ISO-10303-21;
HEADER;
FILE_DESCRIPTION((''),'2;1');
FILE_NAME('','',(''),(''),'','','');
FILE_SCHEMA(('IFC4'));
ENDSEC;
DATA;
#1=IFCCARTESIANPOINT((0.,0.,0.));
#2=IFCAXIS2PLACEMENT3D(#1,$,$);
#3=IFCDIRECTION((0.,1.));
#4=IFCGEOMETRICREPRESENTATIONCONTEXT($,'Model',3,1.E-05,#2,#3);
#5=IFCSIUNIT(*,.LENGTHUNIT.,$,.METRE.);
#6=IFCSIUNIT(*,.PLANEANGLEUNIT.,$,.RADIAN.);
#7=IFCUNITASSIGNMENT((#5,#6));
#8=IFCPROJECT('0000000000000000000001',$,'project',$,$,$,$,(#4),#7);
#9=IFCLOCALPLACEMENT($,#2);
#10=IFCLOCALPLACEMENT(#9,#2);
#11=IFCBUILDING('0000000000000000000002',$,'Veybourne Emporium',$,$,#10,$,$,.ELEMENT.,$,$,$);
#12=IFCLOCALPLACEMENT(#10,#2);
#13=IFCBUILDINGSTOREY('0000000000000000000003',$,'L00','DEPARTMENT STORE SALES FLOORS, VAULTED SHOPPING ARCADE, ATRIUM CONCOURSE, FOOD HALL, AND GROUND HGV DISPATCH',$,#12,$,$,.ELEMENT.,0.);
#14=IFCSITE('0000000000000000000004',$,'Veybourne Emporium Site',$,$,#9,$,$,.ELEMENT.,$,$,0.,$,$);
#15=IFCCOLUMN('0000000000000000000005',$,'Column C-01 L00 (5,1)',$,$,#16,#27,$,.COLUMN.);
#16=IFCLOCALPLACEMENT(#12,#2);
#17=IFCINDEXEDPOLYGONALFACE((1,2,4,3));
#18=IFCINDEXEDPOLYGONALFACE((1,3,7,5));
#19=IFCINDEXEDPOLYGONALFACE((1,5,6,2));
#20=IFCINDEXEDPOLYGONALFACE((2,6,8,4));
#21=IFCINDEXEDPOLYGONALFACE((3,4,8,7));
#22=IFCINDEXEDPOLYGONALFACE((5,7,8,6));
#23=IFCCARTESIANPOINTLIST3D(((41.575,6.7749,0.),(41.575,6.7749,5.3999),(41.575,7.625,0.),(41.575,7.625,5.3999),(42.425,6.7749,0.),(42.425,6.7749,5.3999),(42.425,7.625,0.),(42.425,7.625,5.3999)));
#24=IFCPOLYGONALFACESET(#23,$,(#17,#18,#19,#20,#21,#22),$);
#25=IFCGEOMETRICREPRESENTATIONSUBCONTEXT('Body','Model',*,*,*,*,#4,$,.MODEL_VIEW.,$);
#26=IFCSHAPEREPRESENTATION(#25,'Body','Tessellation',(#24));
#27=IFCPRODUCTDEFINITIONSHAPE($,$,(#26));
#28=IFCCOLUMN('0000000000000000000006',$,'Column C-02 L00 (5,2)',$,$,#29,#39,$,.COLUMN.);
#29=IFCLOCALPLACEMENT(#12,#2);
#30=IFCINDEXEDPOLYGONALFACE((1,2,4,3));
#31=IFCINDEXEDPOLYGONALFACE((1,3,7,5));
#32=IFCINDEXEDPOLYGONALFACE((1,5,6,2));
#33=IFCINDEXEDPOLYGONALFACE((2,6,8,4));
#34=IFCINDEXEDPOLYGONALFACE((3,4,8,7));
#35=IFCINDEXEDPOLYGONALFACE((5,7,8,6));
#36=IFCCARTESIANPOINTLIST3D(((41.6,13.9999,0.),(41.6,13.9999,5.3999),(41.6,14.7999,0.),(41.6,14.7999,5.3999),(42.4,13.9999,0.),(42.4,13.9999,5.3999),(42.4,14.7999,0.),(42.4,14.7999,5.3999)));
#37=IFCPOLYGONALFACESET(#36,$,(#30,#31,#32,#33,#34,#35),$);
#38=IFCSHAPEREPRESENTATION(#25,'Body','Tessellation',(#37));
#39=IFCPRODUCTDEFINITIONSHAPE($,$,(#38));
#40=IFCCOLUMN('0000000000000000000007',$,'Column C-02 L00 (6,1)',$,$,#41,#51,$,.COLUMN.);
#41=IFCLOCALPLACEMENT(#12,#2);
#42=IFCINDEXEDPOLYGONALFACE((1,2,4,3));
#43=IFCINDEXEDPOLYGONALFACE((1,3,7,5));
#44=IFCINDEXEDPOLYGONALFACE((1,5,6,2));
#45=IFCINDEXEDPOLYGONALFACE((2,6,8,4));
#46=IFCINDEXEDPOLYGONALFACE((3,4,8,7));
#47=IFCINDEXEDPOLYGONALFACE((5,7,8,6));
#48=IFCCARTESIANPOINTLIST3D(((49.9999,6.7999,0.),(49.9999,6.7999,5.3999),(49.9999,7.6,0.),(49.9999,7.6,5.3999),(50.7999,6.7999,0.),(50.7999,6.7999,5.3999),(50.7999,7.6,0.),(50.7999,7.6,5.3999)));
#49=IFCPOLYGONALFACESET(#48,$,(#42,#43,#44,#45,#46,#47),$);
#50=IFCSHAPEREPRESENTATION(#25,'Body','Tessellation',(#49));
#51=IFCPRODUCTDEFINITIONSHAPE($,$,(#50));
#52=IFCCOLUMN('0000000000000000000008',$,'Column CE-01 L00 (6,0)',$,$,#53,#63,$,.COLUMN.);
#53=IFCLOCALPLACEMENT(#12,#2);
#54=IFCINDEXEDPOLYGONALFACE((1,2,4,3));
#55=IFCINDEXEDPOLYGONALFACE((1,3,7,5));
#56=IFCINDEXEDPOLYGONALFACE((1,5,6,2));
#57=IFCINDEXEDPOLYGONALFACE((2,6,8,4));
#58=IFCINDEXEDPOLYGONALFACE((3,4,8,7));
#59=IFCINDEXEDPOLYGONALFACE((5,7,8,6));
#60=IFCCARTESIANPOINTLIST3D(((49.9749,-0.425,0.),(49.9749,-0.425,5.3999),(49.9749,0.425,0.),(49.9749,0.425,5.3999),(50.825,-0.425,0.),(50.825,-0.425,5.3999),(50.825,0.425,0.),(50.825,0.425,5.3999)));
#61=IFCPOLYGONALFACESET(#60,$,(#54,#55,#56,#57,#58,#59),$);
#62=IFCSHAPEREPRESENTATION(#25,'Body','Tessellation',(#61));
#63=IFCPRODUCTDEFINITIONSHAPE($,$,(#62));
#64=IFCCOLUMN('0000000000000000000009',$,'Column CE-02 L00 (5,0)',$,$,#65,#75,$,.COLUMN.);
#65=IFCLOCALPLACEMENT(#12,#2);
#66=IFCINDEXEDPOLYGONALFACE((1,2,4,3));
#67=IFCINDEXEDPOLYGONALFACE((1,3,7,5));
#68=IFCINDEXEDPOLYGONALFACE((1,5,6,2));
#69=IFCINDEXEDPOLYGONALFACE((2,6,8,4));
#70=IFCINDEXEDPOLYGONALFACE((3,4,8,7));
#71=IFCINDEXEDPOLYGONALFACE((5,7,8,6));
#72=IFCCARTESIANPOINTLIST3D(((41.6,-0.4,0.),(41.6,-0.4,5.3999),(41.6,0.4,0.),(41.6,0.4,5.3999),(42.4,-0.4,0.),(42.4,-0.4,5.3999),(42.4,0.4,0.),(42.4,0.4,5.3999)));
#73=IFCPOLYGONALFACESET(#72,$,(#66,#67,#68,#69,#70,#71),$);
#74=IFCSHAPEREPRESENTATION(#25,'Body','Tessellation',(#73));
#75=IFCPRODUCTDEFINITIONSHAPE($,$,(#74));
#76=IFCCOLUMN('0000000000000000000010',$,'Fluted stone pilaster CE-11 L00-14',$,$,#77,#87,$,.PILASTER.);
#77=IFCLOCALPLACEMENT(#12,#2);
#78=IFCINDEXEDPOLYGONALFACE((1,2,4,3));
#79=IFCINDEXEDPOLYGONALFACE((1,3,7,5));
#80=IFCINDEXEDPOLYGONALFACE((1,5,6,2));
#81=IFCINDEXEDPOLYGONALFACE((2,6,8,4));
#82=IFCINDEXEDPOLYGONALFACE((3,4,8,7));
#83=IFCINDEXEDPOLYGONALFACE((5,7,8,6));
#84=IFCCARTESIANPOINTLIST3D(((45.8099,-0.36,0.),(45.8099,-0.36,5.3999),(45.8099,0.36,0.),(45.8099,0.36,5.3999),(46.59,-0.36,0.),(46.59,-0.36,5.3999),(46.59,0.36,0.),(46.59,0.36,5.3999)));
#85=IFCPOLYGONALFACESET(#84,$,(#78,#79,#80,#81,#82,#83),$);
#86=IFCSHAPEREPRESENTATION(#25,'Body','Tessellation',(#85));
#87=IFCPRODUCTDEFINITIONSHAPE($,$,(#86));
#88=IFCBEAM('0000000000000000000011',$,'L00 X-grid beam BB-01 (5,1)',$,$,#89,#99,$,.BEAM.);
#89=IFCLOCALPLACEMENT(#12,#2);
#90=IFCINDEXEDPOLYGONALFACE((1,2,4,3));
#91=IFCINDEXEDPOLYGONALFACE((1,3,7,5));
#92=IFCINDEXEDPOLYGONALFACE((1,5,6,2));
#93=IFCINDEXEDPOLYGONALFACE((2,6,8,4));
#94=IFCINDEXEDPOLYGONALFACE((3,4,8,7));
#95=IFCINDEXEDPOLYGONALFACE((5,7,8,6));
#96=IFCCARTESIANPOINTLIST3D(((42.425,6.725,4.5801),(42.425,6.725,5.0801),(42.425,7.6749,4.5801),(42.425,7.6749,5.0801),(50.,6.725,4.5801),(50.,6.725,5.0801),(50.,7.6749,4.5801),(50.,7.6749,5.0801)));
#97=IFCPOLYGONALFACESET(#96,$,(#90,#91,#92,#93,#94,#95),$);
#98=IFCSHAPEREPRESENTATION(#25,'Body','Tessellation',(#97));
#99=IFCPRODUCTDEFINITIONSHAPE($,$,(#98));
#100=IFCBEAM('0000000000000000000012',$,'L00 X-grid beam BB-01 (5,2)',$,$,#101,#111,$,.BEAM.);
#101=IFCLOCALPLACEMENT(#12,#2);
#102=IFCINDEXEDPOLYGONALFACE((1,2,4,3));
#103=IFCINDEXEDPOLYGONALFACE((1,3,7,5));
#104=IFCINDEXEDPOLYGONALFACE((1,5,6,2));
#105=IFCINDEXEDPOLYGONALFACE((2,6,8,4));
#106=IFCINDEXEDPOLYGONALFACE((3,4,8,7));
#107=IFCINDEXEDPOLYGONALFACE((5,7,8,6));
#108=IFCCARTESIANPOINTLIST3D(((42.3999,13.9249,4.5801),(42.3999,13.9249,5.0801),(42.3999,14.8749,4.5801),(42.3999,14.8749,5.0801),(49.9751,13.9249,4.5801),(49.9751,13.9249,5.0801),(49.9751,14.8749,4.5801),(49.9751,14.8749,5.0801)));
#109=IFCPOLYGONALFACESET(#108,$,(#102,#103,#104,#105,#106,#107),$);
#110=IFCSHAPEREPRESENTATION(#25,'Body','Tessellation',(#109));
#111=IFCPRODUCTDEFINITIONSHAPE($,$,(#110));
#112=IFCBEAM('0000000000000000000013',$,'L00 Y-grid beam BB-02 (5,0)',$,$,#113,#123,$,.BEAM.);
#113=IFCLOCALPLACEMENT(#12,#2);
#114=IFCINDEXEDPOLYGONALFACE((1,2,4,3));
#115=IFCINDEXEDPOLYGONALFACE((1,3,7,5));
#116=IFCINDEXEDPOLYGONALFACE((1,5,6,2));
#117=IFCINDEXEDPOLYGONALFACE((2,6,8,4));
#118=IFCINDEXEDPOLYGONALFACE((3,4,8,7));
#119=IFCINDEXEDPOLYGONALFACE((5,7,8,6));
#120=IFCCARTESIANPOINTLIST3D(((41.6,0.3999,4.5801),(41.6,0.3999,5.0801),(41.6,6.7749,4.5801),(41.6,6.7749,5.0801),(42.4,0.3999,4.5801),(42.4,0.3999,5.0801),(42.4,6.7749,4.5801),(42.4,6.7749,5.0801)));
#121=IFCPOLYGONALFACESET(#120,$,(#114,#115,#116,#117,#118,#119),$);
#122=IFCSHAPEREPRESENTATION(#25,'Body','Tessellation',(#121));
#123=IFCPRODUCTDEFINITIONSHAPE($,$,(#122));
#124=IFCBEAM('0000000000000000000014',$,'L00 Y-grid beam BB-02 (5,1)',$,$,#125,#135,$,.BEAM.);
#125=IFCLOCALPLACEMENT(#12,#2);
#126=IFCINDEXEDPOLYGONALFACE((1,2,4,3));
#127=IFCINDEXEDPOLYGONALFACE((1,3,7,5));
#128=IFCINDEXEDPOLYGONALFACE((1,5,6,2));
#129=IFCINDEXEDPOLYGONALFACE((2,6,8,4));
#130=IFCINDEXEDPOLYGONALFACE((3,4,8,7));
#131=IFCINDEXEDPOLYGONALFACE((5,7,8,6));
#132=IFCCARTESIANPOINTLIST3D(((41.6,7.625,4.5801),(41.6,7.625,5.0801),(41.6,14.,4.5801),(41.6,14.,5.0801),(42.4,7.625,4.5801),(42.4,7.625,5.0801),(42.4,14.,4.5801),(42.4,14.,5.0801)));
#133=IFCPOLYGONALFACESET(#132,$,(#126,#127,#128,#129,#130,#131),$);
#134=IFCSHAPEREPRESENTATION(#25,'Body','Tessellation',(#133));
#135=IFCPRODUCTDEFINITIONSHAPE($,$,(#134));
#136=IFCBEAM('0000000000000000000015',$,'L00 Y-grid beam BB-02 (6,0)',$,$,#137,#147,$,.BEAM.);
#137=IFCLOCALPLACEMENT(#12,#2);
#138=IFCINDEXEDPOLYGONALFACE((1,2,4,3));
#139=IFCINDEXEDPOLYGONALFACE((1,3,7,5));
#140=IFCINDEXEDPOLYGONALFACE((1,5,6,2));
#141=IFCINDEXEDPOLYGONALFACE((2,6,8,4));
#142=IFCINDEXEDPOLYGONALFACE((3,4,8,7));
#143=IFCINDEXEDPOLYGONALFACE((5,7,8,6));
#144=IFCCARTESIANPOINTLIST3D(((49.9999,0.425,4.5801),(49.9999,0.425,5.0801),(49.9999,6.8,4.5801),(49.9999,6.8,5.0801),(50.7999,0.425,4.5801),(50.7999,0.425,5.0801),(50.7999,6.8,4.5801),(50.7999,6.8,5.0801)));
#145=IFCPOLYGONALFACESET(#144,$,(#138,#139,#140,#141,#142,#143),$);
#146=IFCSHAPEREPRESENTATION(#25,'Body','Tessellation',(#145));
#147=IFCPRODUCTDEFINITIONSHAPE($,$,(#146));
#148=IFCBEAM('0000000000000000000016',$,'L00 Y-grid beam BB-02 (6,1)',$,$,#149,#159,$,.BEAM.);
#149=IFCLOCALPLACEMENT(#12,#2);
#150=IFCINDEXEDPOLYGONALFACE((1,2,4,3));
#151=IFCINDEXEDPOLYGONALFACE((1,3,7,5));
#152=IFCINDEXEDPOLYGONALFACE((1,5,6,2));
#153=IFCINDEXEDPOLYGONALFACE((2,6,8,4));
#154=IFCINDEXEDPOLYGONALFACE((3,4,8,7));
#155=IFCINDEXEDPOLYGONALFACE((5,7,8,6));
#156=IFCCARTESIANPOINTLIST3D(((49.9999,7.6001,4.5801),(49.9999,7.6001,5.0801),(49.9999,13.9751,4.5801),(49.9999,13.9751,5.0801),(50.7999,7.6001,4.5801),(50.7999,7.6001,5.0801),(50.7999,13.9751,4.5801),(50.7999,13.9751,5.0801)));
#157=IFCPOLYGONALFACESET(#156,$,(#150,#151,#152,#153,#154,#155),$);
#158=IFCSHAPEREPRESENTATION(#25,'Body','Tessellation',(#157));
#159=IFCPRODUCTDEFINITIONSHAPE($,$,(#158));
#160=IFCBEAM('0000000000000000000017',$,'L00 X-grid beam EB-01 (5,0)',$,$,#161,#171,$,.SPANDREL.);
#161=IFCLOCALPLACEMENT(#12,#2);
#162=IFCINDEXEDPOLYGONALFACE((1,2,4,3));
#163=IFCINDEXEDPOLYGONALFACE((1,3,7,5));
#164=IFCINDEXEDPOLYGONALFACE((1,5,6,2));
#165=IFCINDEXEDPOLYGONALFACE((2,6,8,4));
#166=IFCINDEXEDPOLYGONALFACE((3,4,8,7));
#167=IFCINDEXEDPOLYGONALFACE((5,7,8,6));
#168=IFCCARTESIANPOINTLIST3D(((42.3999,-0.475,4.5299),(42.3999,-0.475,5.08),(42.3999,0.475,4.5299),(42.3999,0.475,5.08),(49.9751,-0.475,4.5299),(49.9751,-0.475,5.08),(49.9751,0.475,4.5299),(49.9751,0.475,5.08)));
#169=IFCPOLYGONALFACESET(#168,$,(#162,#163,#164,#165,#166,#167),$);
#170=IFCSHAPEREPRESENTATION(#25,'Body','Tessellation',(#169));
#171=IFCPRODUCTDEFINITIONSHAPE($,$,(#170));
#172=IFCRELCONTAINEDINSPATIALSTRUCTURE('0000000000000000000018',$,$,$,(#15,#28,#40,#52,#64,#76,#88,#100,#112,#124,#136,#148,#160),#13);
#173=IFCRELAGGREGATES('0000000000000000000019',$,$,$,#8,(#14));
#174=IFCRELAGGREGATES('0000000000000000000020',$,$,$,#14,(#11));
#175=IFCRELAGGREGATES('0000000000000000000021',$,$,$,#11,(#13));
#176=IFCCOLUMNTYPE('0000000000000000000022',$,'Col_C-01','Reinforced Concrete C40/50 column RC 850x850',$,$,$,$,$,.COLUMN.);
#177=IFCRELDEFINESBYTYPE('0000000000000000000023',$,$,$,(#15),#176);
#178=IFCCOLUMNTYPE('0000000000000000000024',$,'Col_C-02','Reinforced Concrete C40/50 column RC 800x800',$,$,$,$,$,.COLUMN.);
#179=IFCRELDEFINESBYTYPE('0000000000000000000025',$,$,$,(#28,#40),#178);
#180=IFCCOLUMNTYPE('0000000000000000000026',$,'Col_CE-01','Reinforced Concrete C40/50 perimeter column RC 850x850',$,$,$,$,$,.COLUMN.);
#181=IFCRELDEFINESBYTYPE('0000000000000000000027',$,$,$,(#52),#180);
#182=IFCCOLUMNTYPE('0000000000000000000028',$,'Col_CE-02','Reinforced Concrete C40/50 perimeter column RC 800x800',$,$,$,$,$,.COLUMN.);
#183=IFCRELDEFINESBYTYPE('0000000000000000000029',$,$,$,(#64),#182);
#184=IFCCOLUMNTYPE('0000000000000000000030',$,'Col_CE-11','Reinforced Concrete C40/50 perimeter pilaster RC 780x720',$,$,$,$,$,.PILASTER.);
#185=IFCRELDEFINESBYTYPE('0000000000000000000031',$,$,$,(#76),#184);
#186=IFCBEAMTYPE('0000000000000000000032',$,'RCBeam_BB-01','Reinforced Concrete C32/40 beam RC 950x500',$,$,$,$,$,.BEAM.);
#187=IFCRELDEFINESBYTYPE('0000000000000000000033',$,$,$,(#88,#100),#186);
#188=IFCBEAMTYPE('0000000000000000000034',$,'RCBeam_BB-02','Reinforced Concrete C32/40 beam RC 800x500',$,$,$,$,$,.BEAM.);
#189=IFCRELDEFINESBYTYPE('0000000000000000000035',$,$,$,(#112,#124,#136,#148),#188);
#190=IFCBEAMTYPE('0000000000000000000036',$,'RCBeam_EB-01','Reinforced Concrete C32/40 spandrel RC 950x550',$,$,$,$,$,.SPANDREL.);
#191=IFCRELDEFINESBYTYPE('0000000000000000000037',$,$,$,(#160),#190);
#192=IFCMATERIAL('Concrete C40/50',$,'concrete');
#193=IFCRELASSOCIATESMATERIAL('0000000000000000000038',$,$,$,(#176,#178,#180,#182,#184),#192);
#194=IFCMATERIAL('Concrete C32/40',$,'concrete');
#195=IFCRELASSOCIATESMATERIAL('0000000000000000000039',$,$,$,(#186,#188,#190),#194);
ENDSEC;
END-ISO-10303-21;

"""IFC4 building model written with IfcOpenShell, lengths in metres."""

from ifc_helpers import new_model, si_unit, direction, frame, origin, origin_2d, place, context, subcontext, project, spatial, rectangle, extrude, material, material_profile, profile_set, type_object, element, save


model = new_model("IFC4")

# Units and contexts
model_context = context("Model", 3, precision=1e-05, world=origin(), true_north=direction((0.0, 1.0)))
body_context = subcontext(model_context, "Body", "Model", "MODEL_VIEW")
ifc_project = project(units=[si_unit("LENGTHUNIT", "METRE"), si_unit("PLANEANGLEUNIT", "RADIAN")], contexts=[model_context])

# Site, building, storey
site_placement = place(None, origin())
site = spatial("IfcSite", under=ifc_project, at=site_placement, Name="Veybourne Emporium Site", CompositionType="ELEMENT", RefElevation=0.0)
building_placement = place(site_placement, origin())
building = spatial("IfcBuilding", under=site, at=building_placement, Name="Veybourne Emporium", CompositionType="ELEMENT")
storey_placement = place(building_placement, origin())
storey = spatial("IfcBuildingStorey", under=building, at=storey_placement, Name="L00", Description="DEPARTMENT STORE SALES FLOORS, VAULTED SHOPPING ARCADE, ATRIUM CONCOURSE, FOOD HALL, AND GROUND HGV DISPATCH", CompositionType="ELEMENT", Elevation=0.0)

# Columns
ifc_material_1 = material(Name="Concrete C40/50", Category="concrete")
ifc_material_profile_1 = material_profile(ifc_material_1, rectangle(XDim=0.8501, YDim=0.8501, at=origin_2d()), Name="RC 850x850")
ifc_profile_set_1 = profile_set([ifc_material_profile_1], Name="Concrete C40/50")
column_type_1 = type_object("IfcColumnType", Name="Col_C-01", Description="Reinforced Concrete C40/50 column RC 850x850", PredefinedType="COLUMN", material=ifc_profile_set_1)
column_1_placement = place(storey_placement, frame((42.0, 7.2, 0.0), z_axis=(0.0, 0.0, 1.0), x_axis=(1.0, 0.0, 0.0)))
element("IfcColumn", 1, at=column_1_placement, inside=storey, type_object=column_type_1, Name="Column C-01 L00 (5,1)", PredefinedType="COLUMN", context=body_context, shape_type="SweptSolid", body=[
    extrude(rectangle(XDim=0.8501, YDim=0.8501, at=origin_2d()), origin(), (0.0, 0.0, 1.0), 5.3999),
])
ifc_material_profile_2 = material_profile(ifc_material_1, rectangle(XDim=0.8, YDim=0.8, at=origin_2d()), Name="RC 800x800")
ifc_profile_set_2 = profile_set([ifc_material_profile_2], Name="Concrete C40/50")
column_type_2 = type_object("IfcColumnType", Name="Col_C-02", Description="Reinforced Concrete C40/50 column RC 800x800", PredefinedType="COLUMN", material=ifc_profile_set_2)
for number, where, z_axis, x_axis, name in (
    (2, (42.0, 14.3999, 0.0), (0.0, 0.0, 1.0), (1.0, 0.0, 0.0), "Column C-02 L00 (5,2)"),
    (3, (50.3999, 7.2, 0.0), (0.0, 0.0, 1.0), (1.0, 0.0, 0.0), "Column C-02 L00 (6,1)"),
):
    element("IfcColumn", number, at=place(storey_placement, frame(where, z_axis=z_axis, x_axis=x_axis)), inside=storey, type_object=column_type_2, Name=name, PredefinedType="COLUMN", context=body_context, shape_type="SweptSolid", body=[
        extrude(rectangle(XDim=0.8, YDim=0.8, at=origin_2d()), origin(), (0.0, 0.0, 1.0), 5.3999),
    ])
ifc_material_profile_3 = material_profile(ifc_material_1, rectangle(XDim=0.8501, YDim=0.8501, at=origin_2d()), Name="RC 850x850")
ifc_profile_set_3 = profile_set([ifc_material_profile_3], Name="Concrete C40/50")
column_type_3 = type_object("IfcColumnType", Name="Col_CE-01", Description="Reinforced Concrete C40/50 perimeter column RC 850x850", PredefinedType="COLUMN", material=ifc_profile_set_3)
column_2_placement = place(storey_placement, frame((50.3999, 0.0, 0.0), z_axis=(0.0, 0.0, 1.0), x_axis=(1.0, 0.0, 0.0)))
element("IfcColumn", 4, at=column_2_placement, inside=storey, type_object=column_type_3, Name="Column CE-01 L00 (6,0)", PredefinedType="COLUMN", context=body_context, shape_type="SweptSolid", body=[
    extrude(rectangle(XDim=0.8501, YDim=0.8501, at=origin_2d()), origin(), (0.0, 0.0, 1.0), 5.3999),
])
ifc_material_profile_4 = material_profile(ifc_material_1, rectangle(XDim=0.8, YDim=0.8, at=origin_2d()), Name="RC 800x800")
ifc_profile_set_4 = profile_set([ifc_material_profile_4], Name="Concrete C40/50")
column_type_4 = type_object("IfcColumnType", Name="Col_CE-02", Description="Reinforced Concrete C40/50 perimeter column RC 800x800", PredefinedType="COLUMN", material=ifc_profile_set_4)
column_3_placement = place(storey_placement, frame((42.0, 0.0, 0.0), z_axis=(0.0, 0.0, 1.0), x_axis=(1.0, 0.0, 0.0)))
element("IfcColumn", 5, at=column_3_placement, inside=storey, type_object=column_type_4, Name="Column CE-02 L00 (5,0)", PredefinedType="COLUMN", context=body_context, shape_type="SweptSolid", body=[
    extrude(rectangle(XDim=0.8, YDim=0.8, at=origin_2d()), origin(), (0.0, 0.0, 1.0), 5.3999),
])
ifc_material_profile_5 = material_profile(ifc_material_1, rectangle(XDim=0.78, YDim=0.72, at=origin_2d()), Name="RC 780x720")
ifc_profile_set_5 = profile_set([ifc_material_profile_5], Name="Concrete C40/50")
column_type_5 = type_object("IfcColumnType", Name="Col_CE-11", Description="Reinforced Concrete C40/50 perimeter pilaster RC 780x720", PredefinedType="PILASTER", material=ifc_profile_set_5)
column_4_placement = place(storey_placement, frame((46.2, 0.0, 0.0), z_axis=(0.0, 0.0, 1.0), x_axis=(1.0, 0.0, 0.0)))
element("IfcColumn", 6, at=column_4_placement, inside=storey, type_object=column_type_5, Name="Fluted stone pilaster CE-11 L00-14", PredefinedType="PILASTER", context=body_context, shape_type="SweptSolid", body=[
    extrude(rectangle(XDim=0.78, YDim=0.72, at=origin_2d()), origin(), (0.0, 0.0, 1.0), 5.3999),
])

# Beams
ifc_material_2 = material(Name="Concrete C32/40", Category="concrete")
ifc_material_profile_6 = material_profile(ifc_material_2, rectangle(XDim=0.95, YDim=0.5, at=origin_2d()), Name="RC 950x500")
ifc_profile_set_6 = profile_set([ifc_material_profile_6], Name="Concrete C32/40")
beam_type_1 = type_object("IfcBeamType", Name="RCBeam_BB-01", Description="Reinforced Concrete C32/40 beam RC 950x500", PredefinedType="BEAM", material=ifc_profile_set_6)
beam_1_placement = place(storey_placement, frame((42.425, 7.2, 4.8301), z_axis=(1.0, 0.0, 0.0), x_axis=(0.0, 1.0, 0.0)))
element("IfcBeam", 7, at=beam_1_placement, inside=storey, type_object=beam_type_1, Name="L00 X-grid beam BB-01 (5,1)", PredefinedType="BEAM", context=body_context, shape_type="SweptSolid", body=[
    extrude(rectangle(XDim=0.95, YDim=0.5, at=origin_2d()), origin(), (0.0, 0.0, 1.0), 7.575),
])
beam_2_placement = place(storey_placement, frame((42.3999, 14.3999, 4.8301), z_axis=(1.0, 0.0, 0.0), x_axis=(0.0, 1.0, 0.0)))
element("IfcBeam", 8, at=beam_2_placement, inside=storey, type_object=beam_type_1, Name="L00 X-grid beam BB-01 (5,2)", PredefinedType="BEAM", context=body_context, shape_type="SweptSolid", body=[
    extrude(rectangle(XDim=0.95, YDim=0.5, at=origin_2d()), origin(), (0.0, 0.0, 1.0), 7.5752),
])
ifc_material_profile_7 = material_profile(ifc_material_2, rectangle(XDim=0.8, YDim=0.5, at=origin_2d()), Name="RC 800x500")
ifc_profile_set_7 = profile_set([ifc_material_profile_7], Name="Concrete C32/40")
beam_type_2 = type_object("IfcBeamType", Name="RCBeam_BB-02", Description="Reinforced Concrete C32/40 beam RC 800x500", PredefinedType="BEAM", material=ifc_profile_set_7)
for number, where, z_axis, x_axis, name in (
    (9, (42.0, 0.3999, 4.8301), (0.0, 1.0, 0.0), (-1.0, 0.0, 0.0), "L00 Y-grid beam BB-02 (5,0)"),
    (10, (42.0, 7.625, 4.8301), (0.0, 1.0, 0.0), (-1.0, 0.0, 0.0), "L00 Y-grid beam BB-02 (5,1)"),
    (11, (50.3999, 0.425, 4.8301), (0.0, 1.0, 0.0), (-1.0, 0.0, 0.0), "L00 Y-grid beam BB-02 (6,0)"),
    (12, (50.3999, 7.6001, 4.8301), (0.0, 1.0, 0.0), (-1.0, 0.0, 0.0), "L00 Y-grid beam BB-02 (6,1)"),
):
    element("IfcBeam", number, at=place(storey_placement, frame(where, z_axis=z_axis, x_axis=x_axis)), inside=storey, type_object=beam_type_2, Name=name, PredefinedType="BEAM", context=body_context, shape_type="SweptSolid", body=[
        extrude(rectangle(XDim=0.8, YDim=0.5, at=origin_2d()), origin(), (0.0, 0.0, 1.0), 6.375),
    ])
ifc_material_profile_8 = material_profile(ifc_material_2, rectangle(XDim=0.95, YDim=0.55, at=origin_2d()), Name="RC 950x550")
ifc_profile_set_8 = profile_set([ifc_material_profile_8], Name="Concrete C32/40")
beam_type_3 = type_object("IfcBeamType", Name="RCBeam_EB-01", Description="Reinforced Concrete C32/40 spandrel RC 950x550", PredefinedType="SPANDREL", material=ifc_profile_set_8)
beam_3_placement = place(storey_placement, frame((42.3999, 0.0, 4.8049), z_axis=(1.0, 0.0, 0.0), x_axis=(0.0, 1.0, 0.0)))
element("IfcBeam", 13, at=beam_3_placement, inside=storey, type_object=beam_type_3, Name="L00 X-grid beam EB-01 (5,0)", PredefinedType="SPANDREL", context=body_context, shape_type="SweptSolid", body=[
    extrude(rectangle(XDim=0.95, YDim=0.55, at=origin_2d()), origin(), (0.0, 0.0, 1.0), 7.5752),
])

save(model, "model.ifc")
